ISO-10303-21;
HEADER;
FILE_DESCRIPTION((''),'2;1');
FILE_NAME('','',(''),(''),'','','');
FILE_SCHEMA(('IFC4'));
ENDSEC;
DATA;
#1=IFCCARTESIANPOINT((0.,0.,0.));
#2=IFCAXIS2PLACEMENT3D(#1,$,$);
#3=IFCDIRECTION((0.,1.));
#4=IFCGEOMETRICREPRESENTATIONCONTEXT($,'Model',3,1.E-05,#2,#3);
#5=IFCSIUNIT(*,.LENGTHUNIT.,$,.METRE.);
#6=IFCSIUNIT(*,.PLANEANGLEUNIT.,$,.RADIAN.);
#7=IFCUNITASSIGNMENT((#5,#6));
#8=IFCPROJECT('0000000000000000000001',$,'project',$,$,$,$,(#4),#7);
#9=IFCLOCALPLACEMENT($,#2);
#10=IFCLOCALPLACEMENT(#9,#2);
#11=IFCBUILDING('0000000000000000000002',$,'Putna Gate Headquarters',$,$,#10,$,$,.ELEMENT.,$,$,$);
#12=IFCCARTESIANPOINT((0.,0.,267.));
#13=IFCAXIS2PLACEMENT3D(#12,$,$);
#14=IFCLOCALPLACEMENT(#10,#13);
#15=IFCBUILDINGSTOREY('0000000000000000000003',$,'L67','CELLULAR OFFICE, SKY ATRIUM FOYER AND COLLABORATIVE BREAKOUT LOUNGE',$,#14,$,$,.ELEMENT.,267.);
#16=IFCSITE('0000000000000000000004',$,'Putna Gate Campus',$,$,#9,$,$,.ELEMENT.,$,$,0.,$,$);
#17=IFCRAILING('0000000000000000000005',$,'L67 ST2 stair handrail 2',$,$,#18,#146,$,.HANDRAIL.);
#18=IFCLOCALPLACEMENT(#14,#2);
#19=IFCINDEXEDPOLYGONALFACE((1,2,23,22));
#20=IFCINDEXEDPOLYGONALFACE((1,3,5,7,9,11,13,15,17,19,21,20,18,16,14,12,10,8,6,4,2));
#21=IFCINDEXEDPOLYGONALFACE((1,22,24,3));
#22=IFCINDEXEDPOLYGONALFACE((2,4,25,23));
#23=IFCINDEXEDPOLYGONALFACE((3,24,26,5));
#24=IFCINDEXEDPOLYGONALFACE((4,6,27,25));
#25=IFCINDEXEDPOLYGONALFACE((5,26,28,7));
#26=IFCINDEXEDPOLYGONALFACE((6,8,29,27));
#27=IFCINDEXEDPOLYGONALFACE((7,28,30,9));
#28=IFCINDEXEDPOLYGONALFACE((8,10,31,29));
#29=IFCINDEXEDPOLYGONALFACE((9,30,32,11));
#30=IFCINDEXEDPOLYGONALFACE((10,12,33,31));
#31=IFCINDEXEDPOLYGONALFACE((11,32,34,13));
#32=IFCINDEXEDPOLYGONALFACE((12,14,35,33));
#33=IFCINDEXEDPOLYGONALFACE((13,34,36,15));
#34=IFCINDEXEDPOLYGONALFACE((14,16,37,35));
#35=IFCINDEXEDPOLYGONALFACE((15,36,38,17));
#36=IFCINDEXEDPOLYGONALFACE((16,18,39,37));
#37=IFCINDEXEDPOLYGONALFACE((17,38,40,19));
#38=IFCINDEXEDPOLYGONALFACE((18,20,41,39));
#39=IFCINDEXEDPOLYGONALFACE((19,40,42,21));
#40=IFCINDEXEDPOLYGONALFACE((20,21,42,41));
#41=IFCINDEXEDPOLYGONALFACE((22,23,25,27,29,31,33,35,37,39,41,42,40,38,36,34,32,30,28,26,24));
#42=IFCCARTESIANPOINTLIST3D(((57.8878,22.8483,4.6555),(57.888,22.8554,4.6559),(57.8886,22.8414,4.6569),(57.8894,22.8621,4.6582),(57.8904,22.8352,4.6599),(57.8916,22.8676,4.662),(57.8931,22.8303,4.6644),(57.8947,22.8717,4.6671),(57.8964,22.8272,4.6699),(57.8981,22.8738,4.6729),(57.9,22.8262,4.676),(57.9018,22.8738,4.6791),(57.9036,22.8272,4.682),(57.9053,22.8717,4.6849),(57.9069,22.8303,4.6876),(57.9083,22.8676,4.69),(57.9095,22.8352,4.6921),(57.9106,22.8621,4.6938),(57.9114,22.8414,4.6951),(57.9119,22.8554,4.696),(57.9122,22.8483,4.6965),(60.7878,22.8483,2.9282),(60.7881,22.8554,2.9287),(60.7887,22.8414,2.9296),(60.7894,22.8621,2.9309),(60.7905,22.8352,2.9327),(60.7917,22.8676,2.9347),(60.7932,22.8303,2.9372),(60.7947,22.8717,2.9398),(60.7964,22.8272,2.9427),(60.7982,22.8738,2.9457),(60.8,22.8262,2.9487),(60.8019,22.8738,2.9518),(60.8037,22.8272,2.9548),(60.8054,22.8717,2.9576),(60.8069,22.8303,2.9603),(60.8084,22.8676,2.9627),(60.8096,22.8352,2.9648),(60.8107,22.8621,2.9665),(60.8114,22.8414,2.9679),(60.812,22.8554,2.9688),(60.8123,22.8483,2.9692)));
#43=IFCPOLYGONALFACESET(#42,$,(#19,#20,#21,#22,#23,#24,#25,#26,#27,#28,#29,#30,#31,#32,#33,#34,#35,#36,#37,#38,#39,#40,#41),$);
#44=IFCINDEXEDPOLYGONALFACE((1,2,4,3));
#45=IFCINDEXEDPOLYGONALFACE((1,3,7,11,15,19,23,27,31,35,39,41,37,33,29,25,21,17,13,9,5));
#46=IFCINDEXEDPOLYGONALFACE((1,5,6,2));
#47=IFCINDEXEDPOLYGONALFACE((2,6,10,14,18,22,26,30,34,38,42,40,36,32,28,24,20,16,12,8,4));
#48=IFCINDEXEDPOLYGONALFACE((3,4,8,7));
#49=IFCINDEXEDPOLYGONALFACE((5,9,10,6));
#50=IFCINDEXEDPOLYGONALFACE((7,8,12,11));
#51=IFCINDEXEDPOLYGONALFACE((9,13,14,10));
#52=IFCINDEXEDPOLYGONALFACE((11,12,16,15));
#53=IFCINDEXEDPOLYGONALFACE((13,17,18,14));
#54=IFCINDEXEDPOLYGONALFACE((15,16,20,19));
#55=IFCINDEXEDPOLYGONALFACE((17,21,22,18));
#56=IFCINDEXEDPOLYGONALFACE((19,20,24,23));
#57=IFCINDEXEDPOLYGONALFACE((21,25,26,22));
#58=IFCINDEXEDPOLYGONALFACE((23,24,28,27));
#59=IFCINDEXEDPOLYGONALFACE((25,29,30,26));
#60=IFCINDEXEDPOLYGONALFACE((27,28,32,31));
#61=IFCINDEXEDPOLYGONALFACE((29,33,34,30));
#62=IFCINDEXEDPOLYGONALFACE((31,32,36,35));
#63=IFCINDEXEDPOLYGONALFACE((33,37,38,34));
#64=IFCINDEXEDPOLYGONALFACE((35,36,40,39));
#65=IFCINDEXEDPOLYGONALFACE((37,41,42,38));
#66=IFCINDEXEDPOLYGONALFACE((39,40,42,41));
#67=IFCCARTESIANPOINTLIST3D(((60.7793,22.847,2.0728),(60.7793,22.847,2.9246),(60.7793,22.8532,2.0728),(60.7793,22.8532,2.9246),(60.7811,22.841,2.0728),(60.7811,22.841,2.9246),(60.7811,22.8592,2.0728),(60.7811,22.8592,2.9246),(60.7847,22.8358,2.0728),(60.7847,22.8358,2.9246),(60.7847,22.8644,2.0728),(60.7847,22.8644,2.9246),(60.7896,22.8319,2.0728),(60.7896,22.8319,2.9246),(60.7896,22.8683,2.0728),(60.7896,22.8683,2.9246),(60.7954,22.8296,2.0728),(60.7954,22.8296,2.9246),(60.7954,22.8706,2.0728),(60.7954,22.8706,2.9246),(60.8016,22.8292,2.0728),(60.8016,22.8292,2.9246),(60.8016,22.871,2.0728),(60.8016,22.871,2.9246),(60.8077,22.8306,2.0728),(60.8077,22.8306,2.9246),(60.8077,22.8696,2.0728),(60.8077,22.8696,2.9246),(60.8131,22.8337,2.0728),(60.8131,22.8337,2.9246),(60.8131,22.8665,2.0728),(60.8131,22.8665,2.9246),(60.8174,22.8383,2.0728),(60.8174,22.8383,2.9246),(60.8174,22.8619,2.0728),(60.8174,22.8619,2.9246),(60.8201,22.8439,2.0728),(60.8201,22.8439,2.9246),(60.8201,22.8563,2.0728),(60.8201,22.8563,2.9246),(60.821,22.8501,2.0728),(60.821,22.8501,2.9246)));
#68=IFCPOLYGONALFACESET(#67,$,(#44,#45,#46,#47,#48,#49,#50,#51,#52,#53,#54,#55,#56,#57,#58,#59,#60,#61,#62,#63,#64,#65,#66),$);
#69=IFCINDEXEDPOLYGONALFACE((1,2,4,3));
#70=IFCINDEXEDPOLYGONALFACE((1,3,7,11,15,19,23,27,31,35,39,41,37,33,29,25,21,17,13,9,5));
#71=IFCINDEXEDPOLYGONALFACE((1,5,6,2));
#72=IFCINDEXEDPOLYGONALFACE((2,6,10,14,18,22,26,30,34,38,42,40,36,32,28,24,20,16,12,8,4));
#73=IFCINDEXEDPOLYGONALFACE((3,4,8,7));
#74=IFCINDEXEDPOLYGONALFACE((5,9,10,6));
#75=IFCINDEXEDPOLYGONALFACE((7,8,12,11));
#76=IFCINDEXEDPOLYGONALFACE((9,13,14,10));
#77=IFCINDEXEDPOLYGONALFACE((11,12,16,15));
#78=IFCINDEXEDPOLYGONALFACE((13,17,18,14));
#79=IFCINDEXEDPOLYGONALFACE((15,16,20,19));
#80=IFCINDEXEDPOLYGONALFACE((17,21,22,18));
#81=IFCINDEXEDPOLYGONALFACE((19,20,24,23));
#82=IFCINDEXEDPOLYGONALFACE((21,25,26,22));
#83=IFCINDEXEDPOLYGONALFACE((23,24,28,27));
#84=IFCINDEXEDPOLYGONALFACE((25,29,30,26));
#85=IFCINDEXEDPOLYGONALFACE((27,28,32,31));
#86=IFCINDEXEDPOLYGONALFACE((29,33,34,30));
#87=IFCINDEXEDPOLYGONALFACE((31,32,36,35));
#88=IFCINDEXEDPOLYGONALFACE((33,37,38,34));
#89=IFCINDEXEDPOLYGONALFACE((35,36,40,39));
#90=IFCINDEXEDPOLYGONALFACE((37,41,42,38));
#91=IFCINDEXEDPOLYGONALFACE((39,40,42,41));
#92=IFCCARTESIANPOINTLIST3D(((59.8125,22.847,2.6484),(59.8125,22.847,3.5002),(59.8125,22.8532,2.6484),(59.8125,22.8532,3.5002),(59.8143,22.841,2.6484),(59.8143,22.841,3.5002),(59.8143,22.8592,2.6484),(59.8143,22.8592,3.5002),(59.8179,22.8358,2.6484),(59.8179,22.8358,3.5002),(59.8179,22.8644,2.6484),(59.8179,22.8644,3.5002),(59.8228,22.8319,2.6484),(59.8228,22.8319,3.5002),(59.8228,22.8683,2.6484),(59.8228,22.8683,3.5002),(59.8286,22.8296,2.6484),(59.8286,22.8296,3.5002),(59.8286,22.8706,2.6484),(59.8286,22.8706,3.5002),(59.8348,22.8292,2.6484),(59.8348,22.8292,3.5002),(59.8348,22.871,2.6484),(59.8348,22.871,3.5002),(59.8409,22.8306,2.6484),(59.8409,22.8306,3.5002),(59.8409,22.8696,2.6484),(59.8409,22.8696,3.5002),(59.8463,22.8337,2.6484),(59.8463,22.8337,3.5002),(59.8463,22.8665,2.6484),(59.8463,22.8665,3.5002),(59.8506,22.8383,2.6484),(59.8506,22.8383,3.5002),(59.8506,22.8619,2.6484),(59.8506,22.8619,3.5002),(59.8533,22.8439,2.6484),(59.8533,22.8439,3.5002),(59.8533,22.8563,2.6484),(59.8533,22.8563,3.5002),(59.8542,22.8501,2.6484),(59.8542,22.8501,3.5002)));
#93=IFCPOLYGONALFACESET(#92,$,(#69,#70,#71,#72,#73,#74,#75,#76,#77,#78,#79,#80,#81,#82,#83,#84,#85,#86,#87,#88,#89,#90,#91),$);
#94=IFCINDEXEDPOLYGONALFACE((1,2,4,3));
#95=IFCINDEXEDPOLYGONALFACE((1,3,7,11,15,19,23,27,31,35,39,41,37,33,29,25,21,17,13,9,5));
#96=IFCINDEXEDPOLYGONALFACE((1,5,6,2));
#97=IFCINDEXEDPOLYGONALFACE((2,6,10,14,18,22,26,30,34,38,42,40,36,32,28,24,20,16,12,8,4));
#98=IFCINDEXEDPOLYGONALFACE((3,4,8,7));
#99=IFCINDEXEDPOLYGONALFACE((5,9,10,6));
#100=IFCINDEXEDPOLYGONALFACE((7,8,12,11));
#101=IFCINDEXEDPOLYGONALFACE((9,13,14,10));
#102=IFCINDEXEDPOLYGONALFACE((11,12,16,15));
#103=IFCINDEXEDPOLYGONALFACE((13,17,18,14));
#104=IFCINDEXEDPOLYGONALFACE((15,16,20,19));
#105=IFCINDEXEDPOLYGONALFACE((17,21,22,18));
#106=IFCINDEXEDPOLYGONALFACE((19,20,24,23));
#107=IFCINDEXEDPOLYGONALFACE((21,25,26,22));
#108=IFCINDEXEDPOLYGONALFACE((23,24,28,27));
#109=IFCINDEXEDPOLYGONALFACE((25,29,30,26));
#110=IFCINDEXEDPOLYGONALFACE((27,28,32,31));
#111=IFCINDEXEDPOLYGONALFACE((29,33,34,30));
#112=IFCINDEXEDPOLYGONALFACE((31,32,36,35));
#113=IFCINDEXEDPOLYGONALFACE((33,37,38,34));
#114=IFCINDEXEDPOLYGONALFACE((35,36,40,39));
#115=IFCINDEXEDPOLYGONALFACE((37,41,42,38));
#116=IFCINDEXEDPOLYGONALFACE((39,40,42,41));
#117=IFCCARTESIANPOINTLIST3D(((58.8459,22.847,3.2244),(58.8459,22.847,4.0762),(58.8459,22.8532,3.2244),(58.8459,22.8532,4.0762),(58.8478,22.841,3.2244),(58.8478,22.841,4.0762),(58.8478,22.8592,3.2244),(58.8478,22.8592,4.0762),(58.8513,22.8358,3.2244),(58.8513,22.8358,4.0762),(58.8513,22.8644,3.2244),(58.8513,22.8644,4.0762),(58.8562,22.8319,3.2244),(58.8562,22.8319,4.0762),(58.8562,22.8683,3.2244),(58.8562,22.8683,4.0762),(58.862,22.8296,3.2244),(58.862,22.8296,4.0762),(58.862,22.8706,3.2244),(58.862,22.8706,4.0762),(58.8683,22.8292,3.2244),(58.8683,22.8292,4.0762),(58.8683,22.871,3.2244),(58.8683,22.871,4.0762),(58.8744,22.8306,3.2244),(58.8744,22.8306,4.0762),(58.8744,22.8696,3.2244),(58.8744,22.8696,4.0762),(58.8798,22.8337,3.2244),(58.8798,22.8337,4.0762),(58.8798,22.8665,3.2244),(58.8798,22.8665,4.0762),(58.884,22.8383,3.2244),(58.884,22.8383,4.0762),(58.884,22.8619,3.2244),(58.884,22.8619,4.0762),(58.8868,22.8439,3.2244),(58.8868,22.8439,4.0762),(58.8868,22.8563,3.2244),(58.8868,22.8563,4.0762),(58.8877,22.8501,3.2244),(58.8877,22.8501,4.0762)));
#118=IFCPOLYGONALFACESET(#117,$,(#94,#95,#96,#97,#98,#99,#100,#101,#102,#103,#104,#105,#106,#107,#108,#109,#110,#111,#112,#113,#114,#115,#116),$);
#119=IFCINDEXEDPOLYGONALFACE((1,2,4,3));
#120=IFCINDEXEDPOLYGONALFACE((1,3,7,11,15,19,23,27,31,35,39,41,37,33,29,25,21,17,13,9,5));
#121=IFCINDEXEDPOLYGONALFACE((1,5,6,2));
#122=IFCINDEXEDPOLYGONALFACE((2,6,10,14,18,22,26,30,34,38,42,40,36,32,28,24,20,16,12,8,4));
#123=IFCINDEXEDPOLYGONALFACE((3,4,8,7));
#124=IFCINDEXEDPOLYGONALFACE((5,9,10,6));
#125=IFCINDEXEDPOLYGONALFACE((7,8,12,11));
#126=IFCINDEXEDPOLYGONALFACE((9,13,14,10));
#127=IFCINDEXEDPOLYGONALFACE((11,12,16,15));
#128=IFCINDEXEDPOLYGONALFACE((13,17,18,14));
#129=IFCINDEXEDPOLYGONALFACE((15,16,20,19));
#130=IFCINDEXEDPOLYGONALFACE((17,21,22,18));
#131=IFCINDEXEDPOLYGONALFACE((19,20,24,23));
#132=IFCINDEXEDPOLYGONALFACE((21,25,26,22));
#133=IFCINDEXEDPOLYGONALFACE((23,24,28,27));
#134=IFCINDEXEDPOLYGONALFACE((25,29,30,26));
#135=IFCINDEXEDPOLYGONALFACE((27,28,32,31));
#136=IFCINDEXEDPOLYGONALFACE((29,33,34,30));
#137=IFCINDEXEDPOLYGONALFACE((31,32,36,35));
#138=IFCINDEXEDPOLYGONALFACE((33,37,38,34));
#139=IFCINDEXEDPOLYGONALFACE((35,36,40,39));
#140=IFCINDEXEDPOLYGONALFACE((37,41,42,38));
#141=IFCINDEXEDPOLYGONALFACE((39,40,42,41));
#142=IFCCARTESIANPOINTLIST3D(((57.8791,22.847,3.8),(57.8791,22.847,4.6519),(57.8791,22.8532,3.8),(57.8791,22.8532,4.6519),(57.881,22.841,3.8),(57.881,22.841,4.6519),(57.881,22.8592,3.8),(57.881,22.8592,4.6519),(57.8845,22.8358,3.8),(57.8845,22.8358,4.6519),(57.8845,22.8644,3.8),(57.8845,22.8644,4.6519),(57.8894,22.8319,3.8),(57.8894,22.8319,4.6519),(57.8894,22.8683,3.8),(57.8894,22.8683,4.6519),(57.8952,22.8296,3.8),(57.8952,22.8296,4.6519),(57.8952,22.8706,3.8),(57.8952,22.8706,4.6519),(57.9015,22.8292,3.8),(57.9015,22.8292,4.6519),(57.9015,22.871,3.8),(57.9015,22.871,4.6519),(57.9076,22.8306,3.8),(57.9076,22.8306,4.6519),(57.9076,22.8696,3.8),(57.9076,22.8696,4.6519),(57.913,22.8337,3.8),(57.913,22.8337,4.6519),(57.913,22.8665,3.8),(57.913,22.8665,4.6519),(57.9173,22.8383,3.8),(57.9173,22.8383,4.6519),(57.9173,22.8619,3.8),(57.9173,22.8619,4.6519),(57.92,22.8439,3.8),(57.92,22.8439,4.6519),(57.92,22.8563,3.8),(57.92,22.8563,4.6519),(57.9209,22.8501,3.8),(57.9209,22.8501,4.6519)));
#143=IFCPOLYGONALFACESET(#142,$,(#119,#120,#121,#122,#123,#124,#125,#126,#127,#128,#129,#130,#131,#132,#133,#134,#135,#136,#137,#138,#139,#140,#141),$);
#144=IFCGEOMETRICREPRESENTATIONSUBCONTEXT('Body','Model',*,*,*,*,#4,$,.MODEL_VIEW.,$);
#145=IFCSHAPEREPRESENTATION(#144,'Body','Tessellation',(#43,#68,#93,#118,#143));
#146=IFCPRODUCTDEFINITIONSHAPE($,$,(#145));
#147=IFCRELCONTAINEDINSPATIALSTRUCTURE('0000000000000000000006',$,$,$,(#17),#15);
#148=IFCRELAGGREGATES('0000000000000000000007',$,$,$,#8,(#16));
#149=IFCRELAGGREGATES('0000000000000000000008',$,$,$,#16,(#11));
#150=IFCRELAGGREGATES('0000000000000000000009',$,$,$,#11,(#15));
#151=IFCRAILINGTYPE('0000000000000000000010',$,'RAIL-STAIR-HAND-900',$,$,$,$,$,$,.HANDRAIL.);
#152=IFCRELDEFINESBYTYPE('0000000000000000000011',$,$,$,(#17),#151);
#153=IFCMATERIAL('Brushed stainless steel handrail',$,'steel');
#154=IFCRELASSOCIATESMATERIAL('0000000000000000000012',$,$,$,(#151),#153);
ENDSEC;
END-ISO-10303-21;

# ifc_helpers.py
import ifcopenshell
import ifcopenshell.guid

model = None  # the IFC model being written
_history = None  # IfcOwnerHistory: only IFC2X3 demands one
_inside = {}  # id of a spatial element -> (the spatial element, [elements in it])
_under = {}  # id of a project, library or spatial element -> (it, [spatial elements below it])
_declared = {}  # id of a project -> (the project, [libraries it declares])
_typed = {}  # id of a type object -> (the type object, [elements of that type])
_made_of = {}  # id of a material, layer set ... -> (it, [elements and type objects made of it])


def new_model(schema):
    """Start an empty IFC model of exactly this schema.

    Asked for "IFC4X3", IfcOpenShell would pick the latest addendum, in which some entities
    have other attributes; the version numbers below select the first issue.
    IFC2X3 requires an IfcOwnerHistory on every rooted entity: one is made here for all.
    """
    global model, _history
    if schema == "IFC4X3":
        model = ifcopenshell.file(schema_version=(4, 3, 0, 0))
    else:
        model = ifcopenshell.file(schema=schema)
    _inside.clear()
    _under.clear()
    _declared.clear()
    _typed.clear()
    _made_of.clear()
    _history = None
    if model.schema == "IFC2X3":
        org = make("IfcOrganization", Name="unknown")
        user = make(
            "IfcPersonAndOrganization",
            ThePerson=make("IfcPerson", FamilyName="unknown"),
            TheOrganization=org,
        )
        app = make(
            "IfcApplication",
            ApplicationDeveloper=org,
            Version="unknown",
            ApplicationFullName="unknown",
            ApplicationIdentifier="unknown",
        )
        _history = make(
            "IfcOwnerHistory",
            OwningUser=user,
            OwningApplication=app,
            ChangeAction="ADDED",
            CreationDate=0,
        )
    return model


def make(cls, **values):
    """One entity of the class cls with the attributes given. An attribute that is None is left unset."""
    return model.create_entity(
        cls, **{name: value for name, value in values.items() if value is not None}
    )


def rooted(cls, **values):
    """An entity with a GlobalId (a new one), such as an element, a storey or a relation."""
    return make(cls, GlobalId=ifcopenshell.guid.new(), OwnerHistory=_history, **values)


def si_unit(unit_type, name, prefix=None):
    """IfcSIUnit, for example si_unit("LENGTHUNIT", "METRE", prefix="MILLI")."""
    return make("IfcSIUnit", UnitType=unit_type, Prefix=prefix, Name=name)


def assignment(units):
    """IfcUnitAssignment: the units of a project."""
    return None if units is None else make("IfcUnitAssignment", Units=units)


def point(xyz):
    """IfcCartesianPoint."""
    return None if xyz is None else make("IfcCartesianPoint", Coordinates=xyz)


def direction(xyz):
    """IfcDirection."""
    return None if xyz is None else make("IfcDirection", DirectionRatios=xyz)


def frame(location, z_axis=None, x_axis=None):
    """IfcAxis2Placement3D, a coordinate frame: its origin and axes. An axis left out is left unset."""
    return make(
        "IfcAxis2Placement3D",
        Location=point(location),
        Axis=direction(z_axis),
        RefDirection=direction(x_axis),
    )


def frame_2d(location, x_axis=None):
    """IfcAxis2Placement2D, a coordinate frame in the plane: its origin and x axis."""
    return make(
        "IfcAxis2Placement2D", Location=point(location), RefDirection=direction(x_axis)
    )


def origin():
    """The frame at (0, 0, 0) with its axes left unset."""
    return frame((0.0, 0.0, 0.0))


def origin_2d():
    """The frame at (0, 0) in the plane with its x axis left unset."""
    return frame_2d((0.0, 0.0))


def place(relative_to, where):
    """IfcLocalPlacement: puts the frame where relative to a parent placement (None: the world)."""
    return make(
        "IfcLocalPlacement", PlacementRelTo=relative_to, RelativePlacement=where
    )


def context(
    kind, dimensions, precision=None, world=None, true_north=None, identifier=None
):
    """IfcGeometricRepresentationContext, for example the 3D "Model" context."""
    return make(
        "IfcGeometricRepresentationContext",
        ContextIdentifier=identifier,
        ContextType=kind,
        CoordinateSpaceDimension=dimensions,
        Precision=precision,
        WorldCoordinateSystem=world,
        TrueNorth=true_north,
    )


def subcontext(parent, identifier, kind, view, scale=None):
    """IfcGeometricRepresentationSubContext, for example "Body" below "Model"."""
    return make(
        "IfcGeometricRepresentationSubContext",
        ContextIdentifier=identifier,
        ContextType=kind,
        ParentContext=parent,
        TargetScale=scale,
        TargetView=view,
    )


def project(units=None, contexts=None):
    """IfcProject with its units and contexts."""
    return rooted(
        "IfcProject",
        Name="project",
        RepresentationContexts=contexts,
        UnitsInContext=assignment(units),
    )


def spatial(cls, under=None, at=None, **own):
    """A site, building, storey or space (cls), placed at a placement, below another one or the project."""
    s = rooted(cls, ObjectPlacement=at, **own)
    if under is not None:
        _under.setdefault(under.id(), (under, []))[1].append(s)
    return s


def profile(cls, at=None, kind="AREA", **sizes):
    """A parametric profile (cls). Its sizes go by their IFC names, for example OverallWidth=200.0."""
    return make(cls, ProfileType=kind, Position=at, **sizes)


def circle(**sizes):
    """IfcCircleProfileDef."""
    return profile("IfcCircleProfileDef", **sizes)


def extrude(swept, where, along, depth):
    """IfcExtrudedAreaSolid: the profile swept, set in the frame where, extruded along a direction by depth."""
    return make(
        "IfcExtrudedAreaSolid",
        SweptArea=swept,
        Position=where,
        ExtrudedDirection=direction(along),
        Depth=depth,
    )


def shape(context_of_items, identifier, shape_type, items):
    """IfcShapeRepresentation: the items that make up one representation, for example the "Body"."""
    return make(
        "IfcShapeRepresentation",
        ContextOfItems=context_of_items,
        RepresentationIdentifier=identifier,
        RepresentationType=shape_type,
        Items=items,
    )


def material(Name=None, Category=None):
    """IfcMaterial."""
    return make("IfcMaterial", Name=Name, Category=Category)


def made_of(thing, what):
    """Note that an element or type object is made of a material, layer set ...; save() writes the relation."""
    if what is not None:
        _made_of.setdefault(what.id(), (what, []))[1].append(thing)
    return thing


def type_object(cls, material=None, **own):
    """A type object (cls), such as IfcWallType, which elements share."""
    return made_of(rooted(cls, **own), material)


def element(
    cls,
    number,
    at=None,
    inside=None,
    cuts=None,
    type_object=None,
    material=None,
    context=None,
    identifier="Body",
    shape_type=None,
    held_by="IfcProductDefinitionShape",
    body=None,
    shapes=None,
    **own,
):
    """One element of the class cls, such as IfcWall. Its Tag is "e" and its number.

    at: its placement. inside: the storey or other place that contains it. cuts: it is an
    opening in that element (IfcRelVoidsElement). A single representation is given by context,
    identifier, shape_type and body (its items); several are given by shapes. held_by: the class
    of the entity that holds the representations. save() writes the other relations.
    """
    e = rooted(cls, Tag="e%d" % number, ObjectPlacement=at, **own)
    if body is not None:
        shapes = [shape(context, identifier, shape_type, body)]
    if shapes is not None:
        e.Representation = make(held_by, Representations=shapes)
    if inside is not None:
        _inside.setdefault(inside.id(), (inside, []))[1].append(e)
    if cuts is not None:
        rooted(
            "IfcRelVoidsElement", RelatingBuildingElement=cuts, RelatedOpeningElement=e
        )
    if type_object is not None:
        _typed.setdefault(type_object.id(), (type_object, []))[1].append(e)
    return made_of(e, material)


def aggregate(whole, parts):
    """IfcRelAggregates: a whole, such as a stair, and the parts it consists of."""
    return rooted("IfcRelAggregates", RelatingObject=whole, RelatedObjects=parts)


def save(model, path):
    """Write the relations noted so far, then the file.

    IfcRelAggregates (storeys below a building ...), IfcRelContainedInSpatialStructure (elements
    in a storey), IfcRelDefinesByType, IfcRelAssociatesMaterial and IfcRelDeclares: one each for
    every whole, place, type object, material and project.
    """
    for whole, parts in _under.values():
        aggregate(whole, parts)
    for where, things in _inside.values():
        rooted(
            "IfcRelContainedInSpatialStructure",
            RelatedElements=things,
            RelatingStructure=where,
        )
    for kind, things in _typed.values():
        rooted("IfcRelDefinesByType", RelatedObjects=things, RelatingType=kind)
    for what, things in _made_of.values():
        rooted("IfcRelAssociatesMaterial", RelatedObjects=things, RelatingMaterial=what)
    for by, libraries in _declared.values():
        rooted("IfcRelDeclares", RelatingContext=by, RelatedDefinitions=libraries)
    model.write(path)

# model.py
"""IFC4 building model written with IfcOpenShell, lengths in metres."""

from ifc_helpers import new_model, si_unit, direction, frame, origin, origin_2d, place, context, subcontext, project, spatial, circle, extrude, material, type_object, element, save


model = new_model("IFC4")

# Units and contexts
model_context = context("Model", 3, precision=1e-05, world=origin(), true_north=direction((0.0, 1.0)))
body_context = subcontext(model_context, "Body", "Model", "MODEL_VIEW")
ifc_project = project(units=[si_unit("LENGTHUNIT", "METRE"), si_unit("PLANEANGLEUNIT", "RADIAN")], contexts=[model_context])

# Site, building, storey
site_placement = place(None, origin())
site = spatial("IfcSite", under=ifc_project, at=site_placement, Name="Putna Gate Campus", CompositionType="ELEMENT", RefElevation=0.0)
building_placement = place(site_placement, origin())
building = spatial("IfcBuilding", under=site, at=building_placement, Name="Putna Gate Headquarters", CompositionType="ELEMENT")
storey_placement = place(building_placement, frame((0.0, 0.0, 267.0)))
storey = spatial("IfcBuildingStorey", under=building, at=storey_placement, Name="L67", Description="CELLULAR OFFICE, SKY ATRIUM FOYER AND COLLABORATIVE BREAKOUT LOUNGE", CompositionType="ELEMENT", Elevation=267.0)

# Railing
ifc_material_1 = material(Name="Brushed stainless steel handrail", Category="steel")
railing_type_1 = type_object("IfcRailingType", Name="RAIL-STAIR-HAND-900", PredefinedType="HANDRAIL", material=ifc_material_1)
railing_1_placement = place(storey_placement, frame((60.8, 22.8501, 2.0728)))
element("IfcRailing", 1, at=railing_1_placement, inside=storey, type_object=railing_type_1, Name="L67 ST2 stair handrail 2", PredefinedType="HANDRAIL", context=body_context, shape_type="SweptSolid", body=[
    extrude(circle(Radius=0.0239, at=origin_2d()), frame((0.0, 0.0, 0.876), z_axis=(-0.85916, 0.0, 0.511706), x_axis=(0.0, -1.0, 0.0)), (0.0, 0.0, 1.0), 3.3755),
    extrude(circle(Radius=0.021, at=origin_2d()), origin(), (0.0, 0.0, 1.0), 0.8518),
    extrude(circle(Radius=0.021, at=origin_2d()), frame((-0.9668, 0.0, 0.5757)), (0.0, 0.0, 1.0), 0.8518),
    extrude(circle(Radius=0.021, at=origin_2d()), frame((-1.9333, 0.0, 1.1516)), (0.0, 0.0, 1.0), 0.8518),
    extrude(circle(Radius=0.021, at=origin_2d()), frame((-2.9001, 0.0, 1.7273)), (0.0, 0.0, 1.0), 0.8518),
])

save(model, "model.ifc")
